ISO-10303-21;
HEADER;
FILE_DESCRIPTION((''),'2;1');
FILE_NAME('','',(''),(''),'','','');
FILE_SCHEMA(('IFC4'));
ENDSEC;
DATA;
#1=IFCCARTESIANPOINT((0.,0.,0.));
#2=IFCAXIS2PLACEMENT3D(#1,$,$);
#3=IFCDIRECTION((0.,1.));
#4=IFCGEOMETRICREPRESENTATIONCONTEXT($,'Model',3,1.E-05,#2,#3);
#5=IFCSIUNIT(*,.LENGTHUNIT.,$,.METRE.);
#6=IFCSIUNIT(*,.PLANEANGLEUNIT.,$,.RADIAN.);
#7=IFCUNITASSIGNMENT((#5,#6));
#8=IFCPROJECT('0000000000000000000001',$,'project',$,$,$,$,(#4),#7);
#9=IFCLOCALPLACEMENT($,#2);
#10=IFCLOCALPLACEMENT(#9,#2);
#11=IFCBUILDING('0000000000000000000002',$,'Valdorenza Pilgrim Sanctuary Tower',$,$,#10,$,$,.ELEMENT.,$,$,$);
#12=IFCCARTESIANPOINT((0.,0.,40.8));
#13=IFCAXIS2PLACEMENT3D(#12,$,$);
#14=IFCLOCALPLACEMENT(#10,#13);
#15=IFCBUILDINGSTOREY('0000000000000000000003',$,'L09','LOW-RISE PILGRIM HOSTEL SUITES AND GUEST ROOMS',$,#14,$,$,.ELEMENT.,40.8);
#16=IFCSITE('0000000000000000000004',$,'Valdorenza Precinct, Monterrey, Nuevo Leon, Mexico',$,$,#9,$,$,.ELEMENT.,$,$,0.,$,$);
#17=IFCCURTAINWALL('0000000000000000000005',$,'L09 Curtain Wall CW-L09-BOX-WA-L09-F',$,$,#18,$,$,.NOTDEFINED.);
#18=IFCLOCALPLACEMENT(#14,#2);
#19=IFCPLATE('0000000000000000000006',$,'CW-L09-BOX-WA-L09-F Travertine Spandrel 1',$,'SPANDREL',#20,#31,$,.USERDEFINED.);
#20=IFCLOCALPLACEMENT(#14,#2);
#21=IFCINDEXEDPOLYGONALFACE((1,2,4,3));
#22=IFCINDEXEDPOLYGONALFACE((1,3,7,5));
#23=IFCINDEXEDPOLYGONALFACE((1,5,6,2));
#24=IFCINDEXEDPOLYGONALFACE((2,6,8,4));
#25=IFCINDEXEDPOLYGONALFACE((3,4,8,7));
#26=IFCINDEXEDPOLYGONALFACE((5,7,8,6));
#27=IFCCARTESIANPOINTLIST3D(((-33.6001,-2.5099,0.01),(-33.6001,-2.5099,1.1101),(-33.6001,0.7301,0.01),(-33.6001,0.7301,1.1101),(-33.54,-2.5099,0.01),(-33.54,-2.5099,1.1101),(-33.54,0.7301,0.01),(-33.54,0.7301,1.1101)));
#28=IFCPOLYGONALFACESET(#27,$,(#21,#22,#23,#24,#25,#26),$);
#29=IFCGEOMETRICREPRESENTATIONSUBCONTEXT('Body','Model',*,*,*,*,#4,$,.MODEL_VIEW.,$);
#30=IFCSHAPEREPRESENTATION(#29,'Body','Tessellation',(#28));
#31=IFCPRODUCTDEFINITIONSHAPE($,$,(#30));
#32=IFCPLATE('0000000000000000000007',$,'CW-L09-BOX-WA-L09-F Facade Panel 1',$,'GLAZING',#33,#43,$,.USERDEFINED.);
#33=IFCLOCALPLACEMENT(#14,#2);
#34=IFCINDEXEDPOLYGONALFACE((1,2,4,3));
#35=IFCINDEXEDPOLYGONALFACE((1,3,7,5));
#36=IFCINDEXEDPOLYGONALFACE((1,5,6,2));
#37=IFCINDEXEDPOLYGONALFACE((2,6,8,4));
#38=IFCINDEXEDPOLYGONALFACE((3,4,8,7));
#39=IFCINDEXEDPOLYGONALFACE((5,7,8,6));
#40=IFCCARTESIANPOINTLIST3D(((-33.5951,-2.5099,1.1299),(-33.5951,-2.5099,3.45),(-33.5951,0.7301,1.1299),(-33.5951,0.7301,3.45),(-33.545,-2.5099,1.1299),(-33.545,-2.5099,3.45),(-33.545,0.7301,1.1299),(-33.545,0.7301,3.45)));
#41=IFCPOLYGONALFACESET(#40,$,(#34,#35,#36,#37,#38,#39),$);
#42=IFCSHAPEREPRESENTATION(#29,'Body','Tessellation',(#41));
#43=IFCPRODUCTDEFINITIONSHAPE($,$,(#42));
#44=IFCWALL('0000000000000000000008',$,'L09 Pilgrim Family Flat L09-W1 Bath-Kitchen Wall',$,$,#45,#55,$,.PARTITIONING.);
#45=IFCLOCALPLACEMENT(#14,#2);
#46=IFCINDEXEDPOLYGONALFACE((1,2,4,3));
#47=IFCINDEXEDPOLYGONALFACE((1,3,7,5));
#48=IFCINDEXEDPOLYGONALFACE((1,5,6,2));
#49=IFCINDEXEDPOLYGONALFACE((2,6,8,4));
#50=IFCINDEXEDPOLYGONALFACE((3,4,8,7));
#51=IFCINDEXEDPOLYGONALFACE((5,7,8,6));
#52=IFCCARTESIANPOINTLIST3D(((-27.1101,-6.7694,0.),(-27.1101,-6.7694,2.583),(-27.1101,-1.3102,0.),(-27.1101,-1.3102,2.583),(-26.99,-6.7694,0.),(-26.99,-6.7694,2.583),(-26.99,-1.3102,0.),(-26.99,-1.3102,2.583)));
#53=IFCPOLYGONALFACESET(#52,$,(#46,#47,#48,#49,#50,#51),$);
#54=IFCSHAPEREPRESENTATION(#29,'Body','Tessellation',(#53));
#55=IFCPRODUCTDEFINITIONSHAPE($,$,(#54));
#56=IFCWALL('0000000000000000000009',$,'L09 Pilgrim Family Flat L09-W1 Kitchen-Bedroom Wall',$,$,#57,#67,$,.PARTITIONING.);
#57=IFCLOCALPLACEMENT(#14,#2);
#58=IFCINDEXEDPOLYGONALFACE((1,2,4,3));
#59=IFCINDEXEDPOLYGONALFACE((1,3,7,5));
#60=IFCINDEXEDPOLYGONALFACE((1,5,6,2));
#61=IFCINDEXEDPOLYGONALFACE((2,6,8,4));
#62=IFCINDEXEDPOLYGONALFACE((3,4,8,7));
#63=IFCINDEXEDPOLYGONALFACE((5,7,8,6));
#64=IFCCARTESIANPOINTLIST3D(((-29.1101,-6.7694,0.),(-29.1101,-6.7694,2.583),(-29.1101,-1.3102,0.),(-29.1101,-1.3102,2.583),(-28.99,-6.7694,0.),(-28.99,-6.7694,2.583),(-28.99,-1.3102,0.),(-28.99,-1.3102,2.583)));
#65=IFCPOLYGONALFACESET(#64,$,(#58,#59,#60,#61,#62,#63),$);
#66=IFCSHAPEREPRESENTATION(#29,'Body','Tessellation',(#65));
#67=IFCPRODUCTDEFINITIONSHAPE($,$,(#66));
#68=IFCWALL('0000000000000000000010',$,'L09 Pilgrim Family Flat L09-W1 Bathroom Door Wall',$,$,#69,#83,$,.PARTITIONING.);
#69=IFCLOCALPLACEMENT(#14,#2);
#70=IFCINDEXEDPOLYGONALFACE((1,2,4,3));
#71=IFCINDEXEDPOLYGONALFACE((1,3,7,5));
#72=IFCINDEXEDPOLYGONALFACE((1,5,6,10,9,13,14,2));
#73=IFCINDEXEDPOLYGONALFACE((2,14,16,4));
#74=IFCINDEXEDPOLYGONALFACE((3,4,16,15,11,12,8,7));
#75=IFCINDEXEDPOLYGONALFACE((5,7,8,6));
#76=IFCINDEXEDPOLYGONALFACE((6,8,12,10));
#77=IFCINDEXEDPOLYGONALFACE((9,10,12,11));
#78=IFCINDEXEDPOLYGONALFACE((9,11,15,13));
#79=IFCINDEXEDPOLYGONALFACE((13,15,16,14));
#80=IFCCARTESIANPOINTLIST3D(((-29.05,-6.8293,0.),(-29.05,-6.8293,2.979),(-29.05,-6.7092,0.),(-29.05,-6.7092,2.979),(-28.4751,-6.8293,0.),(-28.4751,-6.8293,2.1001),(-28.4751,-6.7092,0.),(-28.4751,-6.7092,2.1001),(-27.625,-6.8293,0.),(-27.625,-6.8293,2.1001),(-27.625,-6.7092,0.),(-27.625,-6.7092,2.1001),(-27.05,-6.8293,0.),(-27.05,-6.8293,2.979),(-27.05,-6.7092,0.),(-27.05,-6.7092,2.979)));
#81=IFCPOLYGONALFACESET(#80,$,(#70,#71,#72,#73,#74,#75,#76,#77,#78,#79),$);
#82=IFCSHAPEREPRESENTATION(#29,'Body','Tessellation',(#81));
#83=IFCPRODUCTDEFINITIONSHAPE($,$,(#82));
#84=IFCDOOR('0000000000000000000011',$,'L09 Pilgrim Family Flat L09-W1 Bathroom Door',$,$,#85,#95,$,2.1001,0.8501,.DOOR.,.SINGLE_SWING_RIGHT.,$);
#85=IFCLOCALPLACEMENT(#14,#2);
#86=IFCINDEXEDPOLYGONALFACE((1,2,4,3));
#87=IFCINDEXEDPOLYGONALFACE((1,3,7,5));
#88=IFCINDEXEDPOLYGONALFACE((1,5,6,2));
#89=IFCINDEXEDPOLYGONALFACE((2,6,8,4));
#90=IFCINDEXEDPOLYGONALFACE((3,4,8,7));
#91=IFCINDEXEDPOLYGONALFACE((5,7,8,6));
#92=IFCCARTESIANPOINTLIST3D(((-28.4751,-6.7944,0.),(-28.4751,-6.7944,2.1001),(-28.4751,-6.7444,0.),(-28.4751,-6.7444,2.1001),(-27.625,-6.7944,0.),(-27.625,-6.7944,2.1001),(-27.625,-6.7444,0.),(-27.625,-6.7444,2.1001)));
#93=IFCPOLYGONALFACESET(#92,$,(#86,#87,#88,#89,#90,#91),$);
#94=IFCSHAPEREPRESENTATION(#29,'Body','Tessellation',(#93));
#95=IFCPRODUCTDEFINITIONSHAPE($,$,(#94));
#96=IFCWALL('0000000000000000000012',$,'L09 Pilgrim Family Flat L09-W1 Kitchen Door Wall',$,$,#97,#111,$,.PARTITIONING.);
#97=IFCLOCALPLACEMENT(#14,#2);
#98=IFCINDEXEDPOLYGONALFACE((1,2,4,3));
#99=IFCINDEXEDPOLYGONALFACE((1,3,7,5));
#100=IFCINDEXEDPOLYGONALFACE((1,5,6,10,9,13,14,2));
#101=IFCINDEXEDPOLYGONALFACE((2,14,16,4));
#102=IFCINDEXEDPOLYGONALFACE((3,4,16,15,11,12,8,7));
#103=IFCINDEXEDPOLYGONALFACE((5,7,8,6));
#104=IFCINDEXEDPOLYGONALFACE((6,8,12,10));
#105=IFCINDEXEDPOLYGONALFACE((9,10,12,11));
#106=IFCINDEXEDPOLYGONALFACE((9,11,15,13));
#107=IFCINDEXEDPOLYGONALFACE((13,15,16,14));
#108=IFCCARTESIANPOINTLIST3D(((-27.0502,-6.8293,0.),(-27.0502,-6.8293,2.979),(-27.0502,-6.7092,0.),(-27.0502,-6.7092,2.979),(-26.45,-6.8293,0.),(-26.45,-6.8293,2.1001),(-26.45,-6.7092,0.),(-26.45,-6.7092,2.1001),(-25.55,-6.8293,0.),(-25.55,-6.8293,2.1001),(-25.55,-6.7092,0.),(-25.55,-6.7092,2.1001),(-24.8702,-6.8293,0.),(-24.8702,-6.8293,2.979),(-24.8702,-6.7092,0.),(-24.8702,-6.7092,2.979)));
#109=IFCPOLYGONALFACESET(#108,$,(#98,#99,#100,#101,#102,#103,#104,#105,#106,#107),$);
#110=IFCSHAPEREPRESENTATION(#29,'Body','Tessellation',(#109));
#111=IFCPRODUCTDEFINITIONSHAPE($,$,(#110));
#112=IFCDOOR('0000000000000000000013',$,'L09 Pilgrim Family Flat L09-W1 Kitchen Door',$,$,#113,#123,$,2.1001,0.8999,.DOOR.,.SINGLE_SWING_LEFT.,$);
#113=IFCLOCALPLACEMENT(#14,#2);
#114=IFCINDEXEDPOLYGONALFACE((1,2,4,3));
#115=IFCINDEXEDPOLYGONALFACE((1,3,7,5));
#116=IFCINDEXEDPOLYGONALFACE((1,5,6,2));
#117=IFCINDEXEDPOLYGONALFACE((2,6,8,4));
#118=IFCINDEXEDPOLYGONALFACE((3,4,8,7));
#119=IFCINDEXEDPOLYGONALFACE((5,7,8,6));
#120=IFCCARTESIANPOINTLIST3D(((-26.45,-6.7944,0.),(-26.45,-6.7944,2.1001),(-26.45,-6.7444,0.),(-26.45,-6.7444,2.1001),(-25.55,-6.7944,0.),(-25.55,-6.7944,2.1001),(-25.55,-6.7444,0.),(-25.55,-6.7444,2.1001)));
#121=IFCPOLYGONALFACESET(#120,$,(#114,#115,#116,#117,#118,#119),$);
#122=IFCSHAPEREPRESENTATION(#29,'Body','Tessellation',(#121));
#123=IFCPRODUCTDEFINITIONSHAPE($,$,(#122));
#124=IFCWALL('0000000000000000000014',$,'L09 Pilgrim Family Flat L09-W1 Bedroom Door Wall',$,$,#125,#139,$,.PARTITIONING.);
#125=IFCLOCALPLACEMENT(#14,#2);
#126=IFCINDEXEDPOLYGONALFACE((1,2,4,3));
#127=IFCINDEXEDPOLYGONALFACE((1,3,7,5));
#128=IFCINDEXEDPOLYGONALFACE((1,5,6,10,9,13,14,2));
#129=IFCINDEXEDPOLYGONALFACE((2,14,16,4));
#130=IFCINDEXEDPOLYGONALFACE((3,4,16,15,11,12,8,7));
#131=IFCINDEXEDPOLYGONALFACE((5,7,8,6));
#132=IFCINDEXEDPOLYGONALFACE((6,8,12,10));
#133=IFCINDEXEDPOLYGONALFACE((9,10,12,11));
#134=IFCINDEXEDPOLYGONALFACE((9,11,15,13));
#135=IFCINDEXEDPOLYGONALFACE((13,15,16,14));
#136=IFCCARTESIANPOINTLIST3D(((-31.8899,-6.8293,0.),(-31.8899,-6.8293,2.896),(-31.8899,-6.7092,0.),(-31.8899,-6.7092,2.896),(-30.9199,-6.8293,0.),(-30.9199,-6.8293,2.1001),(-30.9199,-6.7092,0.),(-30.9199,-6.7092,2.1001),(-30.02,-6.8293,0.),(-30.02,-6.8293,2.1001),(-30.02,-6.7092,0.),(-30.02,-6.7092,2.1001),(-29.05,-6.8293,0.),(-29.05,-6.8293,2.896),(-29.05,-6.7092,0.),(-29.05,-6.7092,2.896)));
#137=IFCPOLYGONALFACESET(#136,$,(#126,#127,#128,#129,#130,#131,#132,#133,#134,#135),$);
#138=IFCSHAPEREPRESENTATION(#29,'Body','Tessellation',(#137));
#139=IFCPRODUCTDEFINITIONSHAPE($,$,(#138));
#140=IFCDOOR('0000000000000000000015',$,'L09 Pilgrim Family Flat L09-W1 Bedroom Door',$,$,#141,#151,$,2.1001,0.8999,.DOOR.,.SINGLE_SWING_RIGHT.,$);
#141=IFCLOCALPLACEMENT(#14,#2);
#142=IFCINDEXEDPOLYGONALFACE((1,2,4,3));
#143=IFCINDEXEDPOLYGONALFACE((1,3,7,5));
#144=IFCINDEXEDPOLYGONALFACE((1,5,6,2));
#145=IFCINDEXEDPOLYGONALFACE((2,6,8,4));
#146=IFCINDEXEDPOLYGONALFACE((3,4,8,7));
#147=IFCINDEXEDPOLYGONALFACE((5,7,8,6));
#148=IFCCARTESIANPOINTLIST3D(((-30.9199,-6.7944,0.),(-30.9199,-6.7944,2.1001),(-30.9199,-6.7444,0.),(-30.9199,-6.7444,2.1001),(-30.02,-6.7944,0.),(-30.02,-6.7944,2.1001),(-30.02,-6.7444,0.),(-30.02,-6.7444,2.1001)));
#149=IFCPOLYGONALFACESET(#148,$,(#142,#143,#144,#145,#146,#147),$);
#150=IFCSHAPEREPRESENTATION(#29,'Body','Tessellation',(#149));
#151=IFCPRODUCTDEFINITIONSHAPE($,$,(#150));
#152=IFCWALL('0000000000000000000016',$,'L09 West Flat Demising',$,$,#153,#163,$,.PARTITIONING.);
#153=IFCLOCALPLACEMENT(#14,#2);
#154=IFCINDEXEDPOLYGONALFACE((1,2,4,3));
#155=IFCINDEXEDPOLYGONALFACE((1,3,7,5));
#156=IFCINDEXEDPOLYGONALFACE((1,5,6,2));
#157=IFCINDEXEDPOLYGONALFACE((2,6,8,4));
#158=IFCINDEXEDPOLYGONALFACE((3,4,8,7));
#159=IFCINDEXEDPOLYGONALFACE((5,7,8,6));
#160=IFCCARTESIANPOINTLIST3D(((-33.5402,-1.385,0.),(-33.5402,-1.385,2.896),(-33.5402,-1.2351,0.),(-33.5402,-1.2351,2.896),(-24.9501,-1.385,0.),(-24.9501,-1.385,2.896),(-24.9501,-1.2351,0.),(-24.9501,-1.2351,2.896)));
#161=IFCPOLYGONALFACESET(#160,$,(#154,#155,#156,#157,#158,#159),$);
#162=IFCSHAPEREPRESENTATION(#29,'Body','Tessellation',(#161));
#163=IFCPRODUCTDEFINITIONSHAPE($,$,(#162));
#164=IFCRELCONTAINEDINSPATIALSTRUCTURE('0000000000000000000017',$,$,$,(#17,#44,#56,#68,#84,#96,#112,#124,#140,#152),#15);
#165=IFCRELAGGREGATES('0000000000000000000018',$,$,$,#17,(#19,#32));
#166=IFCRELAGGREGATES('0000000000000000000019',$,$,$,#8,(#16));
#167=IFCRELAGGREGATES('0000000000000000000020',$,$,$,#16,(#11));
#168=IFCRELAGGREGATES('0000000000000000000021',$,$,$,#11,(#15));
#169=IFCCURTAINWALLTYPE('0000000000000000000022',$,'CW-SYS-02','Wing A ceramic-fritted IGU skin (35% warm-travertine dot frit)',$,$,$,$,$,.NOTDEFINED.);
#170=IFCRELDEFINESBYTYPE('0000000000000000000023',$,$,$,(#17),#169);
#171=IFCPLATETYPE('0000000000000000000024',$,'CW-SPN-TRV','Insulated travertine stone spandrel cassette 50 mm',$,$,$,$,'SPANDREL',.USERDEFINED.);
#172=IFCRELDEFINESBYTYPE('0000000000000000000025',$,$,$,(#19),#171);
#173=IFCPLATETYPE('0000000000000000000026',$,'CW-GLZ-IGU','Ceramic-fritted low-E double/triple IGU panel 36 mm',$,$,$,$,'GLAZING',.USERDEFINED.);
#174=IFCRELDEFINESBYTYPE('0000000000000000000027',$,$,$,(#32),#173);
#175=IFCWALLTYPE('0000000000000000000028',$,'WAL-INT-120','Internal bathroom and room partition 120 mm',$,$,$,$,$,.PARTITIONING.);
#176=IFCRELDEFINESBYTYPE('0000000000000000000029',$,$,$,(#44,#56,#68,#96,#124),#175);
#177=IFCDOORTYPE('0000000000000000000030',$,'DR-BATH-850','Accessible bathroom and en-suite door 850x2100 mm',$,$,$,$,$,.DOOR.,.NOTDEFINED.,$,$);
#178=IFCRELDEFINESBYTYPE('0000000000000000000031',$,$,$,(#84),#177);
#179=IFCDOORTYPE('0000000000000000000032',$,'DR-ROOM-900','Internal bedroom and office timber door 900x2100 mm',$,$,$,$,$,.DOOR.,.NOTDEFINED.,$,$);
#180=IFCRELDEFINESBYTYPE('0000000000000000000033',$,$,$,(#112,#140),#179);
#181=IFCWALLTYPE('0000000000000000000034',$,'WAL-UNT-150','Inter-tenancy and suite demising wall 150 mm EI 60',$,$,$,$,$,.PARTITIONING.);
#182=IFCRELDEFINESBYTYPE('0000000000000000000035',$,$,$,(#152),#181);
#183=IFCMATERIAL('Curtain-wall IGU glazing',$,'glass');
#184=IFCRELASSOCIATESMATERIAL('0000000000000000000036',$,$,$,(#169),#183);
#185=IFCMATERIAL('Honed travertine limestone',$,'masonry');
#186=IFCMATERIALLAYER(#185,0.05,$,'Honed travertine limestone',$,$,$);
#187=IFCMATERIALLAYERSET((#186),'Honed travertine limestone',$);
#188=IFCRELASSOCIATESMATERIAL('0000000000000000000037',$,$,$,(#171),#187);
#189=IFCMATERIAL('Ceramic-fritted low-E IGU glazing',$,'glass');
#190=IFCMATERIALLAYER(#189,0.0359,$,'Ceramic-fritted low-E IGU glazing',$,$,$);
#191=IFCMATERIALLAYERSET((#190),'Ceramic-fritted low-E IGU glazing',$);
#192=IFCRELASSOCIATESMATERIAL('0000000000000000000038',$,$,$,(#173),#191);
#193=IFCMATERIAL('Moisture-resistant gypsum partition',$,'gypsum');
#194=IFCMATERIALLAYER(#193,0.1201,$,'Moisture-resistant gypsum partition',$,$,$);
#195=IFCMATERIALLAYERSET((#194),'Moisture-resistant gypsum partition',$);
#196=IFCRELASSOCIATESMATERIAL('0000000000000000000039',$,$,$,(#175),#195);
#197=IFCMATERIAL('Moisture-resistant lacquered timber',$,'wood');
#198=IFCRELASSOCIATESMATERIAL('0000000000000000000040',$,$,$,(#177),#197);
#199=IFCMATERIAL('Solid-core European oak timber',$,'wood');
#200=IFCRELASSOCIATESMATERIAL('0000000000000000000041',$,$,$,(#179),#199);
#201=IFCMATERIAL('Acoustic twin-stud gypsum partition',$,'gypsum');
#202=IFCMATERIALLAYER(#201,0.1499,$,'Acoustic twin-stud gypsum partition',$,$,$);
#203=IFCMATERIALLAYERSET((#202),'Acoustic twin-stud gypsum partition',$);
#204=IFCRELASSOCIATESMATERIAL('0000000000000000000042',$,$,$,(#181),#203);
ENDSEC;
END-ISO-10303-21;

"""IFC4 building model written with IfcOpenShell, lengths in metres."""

from ifc_helpers import new_model, si_unit, direction, frame, frame_2d, origin, origin_2d, place, context, subcontext, project, spatial, rectangle, extrude, source, transform, mapped, material, layer, layer_set, type_object, element, fill, aggregate, save


model = new_model("IFC4")

# Units and contexts
model_context = context("Model", 3, precision=1e-05, world=origin(), true_north=direction((0.0, 1.0)))
body_context = subcontext(model_context, "Body", "Model", "MODEL_VIEW")
ifc_project = project(units=[si_unit("LENGTHUNIT", "METRE"), si_unit("PLANEANGLEUNIT", "RADIAN")], contexts=[model_context])

# Site, building, storey
site_placement = place(None, origin())
site = spatial("IfcSite", under=ifc_project, at=site_placement, Name="Valdorenza Precinct, Monterrey, Nuevo Leon, Mexico", CompositionType="ELEMENT", RefElevation=0.0)
building_placement = place(site_placement, origin())
building = spatial("IfcBuilding", under=site, at=building_placement, Name="Valdorenza Pilgrim Sanctuary Tower", CompositionType="ELEMENT")
storey_placement = place(building_placement, frame((0.0, 0.0, 40.8)))
storey = spatial("IfcBuildingStorey", under=building, at=storey_placement, Name="L09", Description="LOW-RISE PILGRIM HOSTEL SUITES AND GUEST ROOMS", CompositionType="ELEMENT", Elevation=40.8)

# Shared definitions
ifc_material_1 = material(Name="Curtain-wall IGU glazing", Category="glass")
curtain_wall_type = type_object("IfcCurtainWallType", Name="CW-SYS-02", Description="Wing A ceramic-fritted IGU skin (35% warm-travertine dot frit)", PredefinedType="NOTDEFINED", material=ifc_material_1)

# Curtain wall
curtain_wall_1_placement = place(storey_placement, origin())
curtain_wall_1 = element("IfcCurtainWall", 1, at=curtain_wall_1_placement, inside=storey, type_object=curtain_wall_type, Name="L09 Curtain Wall CW-L09-BOX-WA-L09-F", PredefinedType="NOTDEFINED")

# Plates
ifc_material_2 = material(Name="Honed travertine limestone", Category="masonry")
ifc_layer_1 = layer(ifc_material_2, 0.05, Name="Honed travertine limestone")
ifc_layer_set_1 = layer_set([ifc_layer_1], Name="Honed travertine limestone")
plate_type_1 = type_object("IfcPlateType", Name="CW-SPN-TRV", Description="Insulated travertine stone spandrel cassette 50 mm", ElementType="SPANDREL", PredefinedType="USERDEFINED", material=ifc_layer_set_1)
ifc_material_3 = material(Name="Ceramic-fritted low-E IGU glazing", Category="glass")
ifc_layer_2 = layer(ifc_material_3, 0.0359, Name="Ceramic-fritted low-E IGU glazing")
ifc_layer_set_2 = layer_set([ifc_layer_2], Name="Ceramic-fritted low-E IGU glazing")
plate_type_2 = type_object("IfcPlateType", Name="CW-GLZ-IGU", Description="Ceramic-fritted low-E double/triple IGU panel 36 mm", ElementType="GLAZING", PredefinedType="USERDEFINED", material=ifc_layer_set_2)
shared_shape_1 = source(origin(), body_context, "Body", "SweptSolid", [
    extrude(rectangle(XDim=3.24, YDim=0.0601, at=origin_2d()), origin(), (0.0, 0.0, 1.0), 1.1001),
])
plate_1_placement = place(storey_placement, frame((-33.5701, -0.8899, 0.01), z_axis=(0.0, 0.0, 1.0), x_axis=(0.0, 1.0, 0.0)))
plate_1 = element("IfcPlate", 2, at=plate_1_placement, type_object=plate_type_1, Name="CW-L09-BOX-WA-L09-F Travertine Spandrel 1", ObjectType="SPANDREL", PredefinedType="USERDEFINED", context=body_context, shape_type="MappedRepresentation", body=[
    mapped(shared_shape_1, transform((0.0, 0.0, 0.0), x_axis=(1.0, 0.0, 0.0), y_axis=(0.0, 1.0, 0.0), z_axis=(0.0, 0.0, 1.0), scale=1.0)),
])
shared_shape_2 = source(origin(), body_context, "Body", "SweptSolid", [
    extrude(rectangle(XDim=3.24, YDim=0.05, at=origin_2d()), origin(), (0.0, 0.0, 1.0), 2.3201),
])
plate_2_placement = place(storey_placement, frame((-33.5701, -0.8899, 1.1299), z_axis=(0.0, 0.0, 1.0), x_axis=(0.0, 1.0, 0.0)))
plate_2 = element("IfcPlate", 3, at=plate_2_placement, type_object=plate_type_2, Name="CW-L09-BOX-WA-L09-F Facade Panel 1", ObjectType="GLAZING", PredefinedType="USERDEFINED", context=body_context, shape_type="MappedRepresentation", body=[
    mapped(shared_shape_2, transform((0.0, 0.0, 0.0), x_axis=(1.0, 0.0, 0.0), y_axis=(0.0, 1.0, 0.0), z_axis=(0.0, 0.0, 1.0), scale=1.0)),
])
aggregate(curtain_wall_1, [plate_1, plate_2])

# Walls
ifc_material_4 = material(Name="Moisture-resistant gypsum partition", Category="gypsum")
ifc_layer_3 = layer(ifc_material_4, 0.1201, Name="Moisture-resistant gypsum partition")
ifc_layer_set_3 = layer_set([ifc_layer_3], Name="Moisture-resistant gypsum partition")
wall_type_1 = type_object("IfcWallType", Name="WAL-INT-120", Description="Internal bathroom and room partition 120 mm", PredefinedType="PARTITIONING", material=ifc_layer_set_3)
for number, where, z_axis, x_axis, name in (
    (4, (-27.05, -6.7693, 0.0), (0.0, 0.0, 1.0), (0.0, 1.0, 0.0), "L09 Pilgrim Family Flat L09-W1 Bath-Kitchen Wall"),
    (5, (-29.05, -6.7693, 0.0), (0.0, 0.0, 1.0), (0.0, 1.0, 0.0), "L09 Pilgrim Family Flat L09-W1 Kitchen-Bedroom Wall"),
):
    element("IfcWall", number, at=place(storey_placement, frame(where, z_axis=z_axis, x_axis=x_axis)), inside=storey, type_object=wall_type_1, Name=name, PredefinedType="PARTITIONING", context=body_context, shape_type="SweptSolid", body=[
        extrude(rectangle(XDim=5.4592, YDim=0.1201, at=frame_2d((2.7295, 0.0))), origin(), (0.0, 0.0, 1.0), 2.583),
    ])

# Walls, openings, doors
wall_1_placement = place(storey_placement, frame((-29.05, -6.7693, 0.0), z_axis=(0.0, 0.0, 1.0), x_axis=(1.0, 0.0, 0.0)))
wall_1 = element("IfcWall", 6, at=wall_1_placement, inside=storey, type_object=wall_type_1, Name="L09 Pilgrim Family Flat L09-W1 Bathroom Door Wall", PredefinedType="PARTITIONING", context=body_context, shape_type="SweptSolid", body=[
    extrude(rectangle(XDim=2.0, YDim=0.1201, at=frame_2d((1.0, 0.0))), origin(), (0.0, 0.0, 1.0), 2.979),
])
opening_1_placement = place(wall_1_placement, frame((0.575, 0.0, 0.0)))
opening_1 = element("IfcOpeningElement", 7, at=opening_1_placement, cuts=wall_1, PredefinedType="OPENING", context=body_context, shape_type="SweptSolid", body=[
    extrude(rectangle(XDim=0.8501, YDim=2.1001, at=frame_2d((0.425, 1.05))), frame((0.0, 0.075, 0.0), z_axis=(0.0, -1.0, 0.0), x_axis=(1.0, 0.0, 0.0)), (0.0, 0.0, 1.0), 0.1499),
])
ifc_material_5 = material(Name="Moisture-resistant lacquered timber", Category="wood")
door_type_1 = type_object("IfcDoorType", Name="DR-BATH-850", Description="Accessible bathroom and en-suite door 850x2100 mm", OperationType="NOTDEFINED", PredefinedType="DOOR", material=ifc_material_5)
door_1_placement = place(opening_1_placement, origin())
door_1 = element("IfcDoor", 8, at=door_1_placement, inside=storey, type_object=door_type_1, Name="L09 Pilgrim Family Flat L09-W1 Bathroom Door", OperationType="SINGLE_SWING_RIGHT", OverallHeight=2.1001, OverallWidth=0.8501, PredefinedType="DOOR", context=body_context, shape_type="SweptSolid", body=[
    extrude(rectangle(XDim=0.8501, YDim=2.1001, at=frame_2d((0.425, 1.05))), frame((0.0, 0.0249, 0.0), z_axis=(0.0, -1.0, 0.0), x_axis=(1.0, 0.0, 0.0)), (0.0, 0.0, 1.0), 0.05),
])
fill(opening_1, door_1)
wall_2_placement = place(storey_placement, frame((-27.05, -6.7693, 0.0), z_axis=(0.0, 0.0, 1.0), x_axis=(1.0, 0.0, 0.0)))
wall_2 = element("IfcWall", 9, at=wall_2_placement, inside=storey, type_object=wall_type_1, Name="L09 Pilgrim Family Flat L09-W1 Kitchen Door Wall", PredefinedType="PARTITIONING", context=body_context, shape_type="SweptSolid", body=[
    extrude(rectangle(XDim=2.1799, YDim=0.1201, at=frame_2d((1.0898, 0.0))), origin(), (0.0, 0.0, 1.0), 2.979),
])
opening_2_placement = place(wall_2_placement, frame((0.6001, 0.0, 0.0)))
opening_2 = element("IfcOpeningElement", 10, at=opening_2_placement, cuts=wall_2, PredefinedType="OPENING", context=body_context, shape_type="SweptSolid", body=[
    extrude(rectangle(XDim=0.8999, YDim=2.1001, at=frame_2d((0.45, 1.05))), frame((0.0, 0.075, 0.0), z_axis=(0.0, -1.0, 0.0), x_axis=(1.0, 0.0, 0.0)), (0.0, 0.0, 1.0), 0.1499),
])
ifc_material_6 = material(Name="Solid-core European oak timber", Category="wood")
door_type_2 = type_object("IfcDoorType", Name="DR-ROOM-900", Description="Internal bedroom and office timber door 900x2100 mm", OperationType="NOTDEFINED", PredefinedType="DOOR", material=ifc_material_6)
door_2_placement = place(opening_2_placement, origin())
door_2 = element("IfcDoor", 11, at=door_2_placement, inside=storey, type_object=door_type_2, Name="L09 Pilgrim Family Flat L09-W1 Kitchen Door", OperationType="SINGLE_SWING_LEFT", OverallHeight=2.1001, OverallWidth=0.8999, PredefinedType="DOOR", context=body_context, shape_type="SweptSolid", body=[
    extrude(rectangle(XDim=0.8999, YDim=2.1001, at=frame_2d((0.45, 1.05))), frame((0.0, 0.0249, 0.0), z_axis=(0.0, -1.0, 0.0), x_axis=(1.0, 0.0, 0.0)), (0.0, 0.0, 1.0), 0.05),
])
fill(opening_2, door_2)
wall_3_placement = place(storey_placement, frame((-31.8899, -6.7693, 0.0), z_axis=(0.0, 0.0, 1.0), x_axis=(1.0, 0.0, 0.0)))
wall_3 = element("IfcWall", 12, at=wall_3_placement, inside=storey, type_object=wall_type_1, Name="L09 Pilgrim Family Flat L09-W1 Bedroom Door Wall", PredefinedType="PARTITIONING", context=body_context, shape_type="SweptSolid", body=[
    extrude(rectangle(XDim=2.8398, YDim=0.1201, at=frame_2d((1.4199, 0.0))), origin(), (0.0, 0.0, 1.0), 2.896),
])
opening_3_placement = place(wall_3_placement, frame((0.97, 0.0, 0.0)))
opening_3 = element("IfcOpeningElement", 13, at=opening_3_placement, cuts=wall_3, PredefinedType="OPENING", context=body_context, shape_type="SweptSolid", body=[
    extrude(rectangle(XDim=0.8999, YDim=2.1001, at=frame_2d((0.45, 1.05))), frame((0.0, 0.075, 0.0), z_axis=(0.0, -1.0, 0.0), x_axis=(1.0, 0.0, 0.0)), (0.0, 0.0, 1.0), 0.1499),
])
door_3_placement = place(opening_3_placement, origin())
door_3 = element("IfcDoor", 14, at=door_3_placement, inside=storey, type_object=door_type_2, Name="L09 Pilgrim Family Flat L09-W1 Bedroom Door", OperationType="SINGLE_SWING_RIGHT", OverallHeight=2.1001, OverallWidth=0.8999, PredefinedType="DOOR", context=body_context, shape_type="SweptSolid", body=[
    extrude(rectangle(XDim=0.8999, YDim=2.1001, at=frame_2d((0.45, 1.05))), frame((0.0, 0.0249, 0.0), z_axis=(0.0, -1.0, 0.0), x_axis=(1.0, 0.0, 0.0)), (0.0, 0.0, 1.0), 0.05),
])
fill(opening_3, door_3)

# Wall
ifc_material_7 = material(Name="Acoustic twin-stud gypsum partition", Category="gypsum")
ifc_layer_4 = layer(ifc_material_7, 0.1499, Name="Acoustic twin-stud gypsum partition")
ifc_layer_set_4 = layer_set([ifc_layer_4], Name="Acoustic twin-stud gypsum partition")
wall_type_2 = type_object("IfcWallType", Name="WAL-UNT-150", Description="Inter-tenancy and suite demising wall 150 mm EI 60", PredefinedType="PARTITIONING", material=ifc_layer_set_4)
wall_4_placement = place(storey_placement, frame((-33.54, -1.3101, 0.0), z_axis=(0.0, 0.0, 1.0), x_axis=(1.0, 0.0, 0.0)))
element("IfcWall", 15, at=wall_4_placement, inside=storey, type_object=wall_type_2, Name="L09 West Flat Demising", PredefinedType="PARTITIONING", context=body_context, shape_type="SweptSolid", body=[
    extrude(rectangle(XDim=8.5901, YDim=0.1499, at=frame_2d((4.2949, 0.0))), origin(), (0.0, 0.0, 1.0), 2.896),
])

save(model, "model.ifc")
